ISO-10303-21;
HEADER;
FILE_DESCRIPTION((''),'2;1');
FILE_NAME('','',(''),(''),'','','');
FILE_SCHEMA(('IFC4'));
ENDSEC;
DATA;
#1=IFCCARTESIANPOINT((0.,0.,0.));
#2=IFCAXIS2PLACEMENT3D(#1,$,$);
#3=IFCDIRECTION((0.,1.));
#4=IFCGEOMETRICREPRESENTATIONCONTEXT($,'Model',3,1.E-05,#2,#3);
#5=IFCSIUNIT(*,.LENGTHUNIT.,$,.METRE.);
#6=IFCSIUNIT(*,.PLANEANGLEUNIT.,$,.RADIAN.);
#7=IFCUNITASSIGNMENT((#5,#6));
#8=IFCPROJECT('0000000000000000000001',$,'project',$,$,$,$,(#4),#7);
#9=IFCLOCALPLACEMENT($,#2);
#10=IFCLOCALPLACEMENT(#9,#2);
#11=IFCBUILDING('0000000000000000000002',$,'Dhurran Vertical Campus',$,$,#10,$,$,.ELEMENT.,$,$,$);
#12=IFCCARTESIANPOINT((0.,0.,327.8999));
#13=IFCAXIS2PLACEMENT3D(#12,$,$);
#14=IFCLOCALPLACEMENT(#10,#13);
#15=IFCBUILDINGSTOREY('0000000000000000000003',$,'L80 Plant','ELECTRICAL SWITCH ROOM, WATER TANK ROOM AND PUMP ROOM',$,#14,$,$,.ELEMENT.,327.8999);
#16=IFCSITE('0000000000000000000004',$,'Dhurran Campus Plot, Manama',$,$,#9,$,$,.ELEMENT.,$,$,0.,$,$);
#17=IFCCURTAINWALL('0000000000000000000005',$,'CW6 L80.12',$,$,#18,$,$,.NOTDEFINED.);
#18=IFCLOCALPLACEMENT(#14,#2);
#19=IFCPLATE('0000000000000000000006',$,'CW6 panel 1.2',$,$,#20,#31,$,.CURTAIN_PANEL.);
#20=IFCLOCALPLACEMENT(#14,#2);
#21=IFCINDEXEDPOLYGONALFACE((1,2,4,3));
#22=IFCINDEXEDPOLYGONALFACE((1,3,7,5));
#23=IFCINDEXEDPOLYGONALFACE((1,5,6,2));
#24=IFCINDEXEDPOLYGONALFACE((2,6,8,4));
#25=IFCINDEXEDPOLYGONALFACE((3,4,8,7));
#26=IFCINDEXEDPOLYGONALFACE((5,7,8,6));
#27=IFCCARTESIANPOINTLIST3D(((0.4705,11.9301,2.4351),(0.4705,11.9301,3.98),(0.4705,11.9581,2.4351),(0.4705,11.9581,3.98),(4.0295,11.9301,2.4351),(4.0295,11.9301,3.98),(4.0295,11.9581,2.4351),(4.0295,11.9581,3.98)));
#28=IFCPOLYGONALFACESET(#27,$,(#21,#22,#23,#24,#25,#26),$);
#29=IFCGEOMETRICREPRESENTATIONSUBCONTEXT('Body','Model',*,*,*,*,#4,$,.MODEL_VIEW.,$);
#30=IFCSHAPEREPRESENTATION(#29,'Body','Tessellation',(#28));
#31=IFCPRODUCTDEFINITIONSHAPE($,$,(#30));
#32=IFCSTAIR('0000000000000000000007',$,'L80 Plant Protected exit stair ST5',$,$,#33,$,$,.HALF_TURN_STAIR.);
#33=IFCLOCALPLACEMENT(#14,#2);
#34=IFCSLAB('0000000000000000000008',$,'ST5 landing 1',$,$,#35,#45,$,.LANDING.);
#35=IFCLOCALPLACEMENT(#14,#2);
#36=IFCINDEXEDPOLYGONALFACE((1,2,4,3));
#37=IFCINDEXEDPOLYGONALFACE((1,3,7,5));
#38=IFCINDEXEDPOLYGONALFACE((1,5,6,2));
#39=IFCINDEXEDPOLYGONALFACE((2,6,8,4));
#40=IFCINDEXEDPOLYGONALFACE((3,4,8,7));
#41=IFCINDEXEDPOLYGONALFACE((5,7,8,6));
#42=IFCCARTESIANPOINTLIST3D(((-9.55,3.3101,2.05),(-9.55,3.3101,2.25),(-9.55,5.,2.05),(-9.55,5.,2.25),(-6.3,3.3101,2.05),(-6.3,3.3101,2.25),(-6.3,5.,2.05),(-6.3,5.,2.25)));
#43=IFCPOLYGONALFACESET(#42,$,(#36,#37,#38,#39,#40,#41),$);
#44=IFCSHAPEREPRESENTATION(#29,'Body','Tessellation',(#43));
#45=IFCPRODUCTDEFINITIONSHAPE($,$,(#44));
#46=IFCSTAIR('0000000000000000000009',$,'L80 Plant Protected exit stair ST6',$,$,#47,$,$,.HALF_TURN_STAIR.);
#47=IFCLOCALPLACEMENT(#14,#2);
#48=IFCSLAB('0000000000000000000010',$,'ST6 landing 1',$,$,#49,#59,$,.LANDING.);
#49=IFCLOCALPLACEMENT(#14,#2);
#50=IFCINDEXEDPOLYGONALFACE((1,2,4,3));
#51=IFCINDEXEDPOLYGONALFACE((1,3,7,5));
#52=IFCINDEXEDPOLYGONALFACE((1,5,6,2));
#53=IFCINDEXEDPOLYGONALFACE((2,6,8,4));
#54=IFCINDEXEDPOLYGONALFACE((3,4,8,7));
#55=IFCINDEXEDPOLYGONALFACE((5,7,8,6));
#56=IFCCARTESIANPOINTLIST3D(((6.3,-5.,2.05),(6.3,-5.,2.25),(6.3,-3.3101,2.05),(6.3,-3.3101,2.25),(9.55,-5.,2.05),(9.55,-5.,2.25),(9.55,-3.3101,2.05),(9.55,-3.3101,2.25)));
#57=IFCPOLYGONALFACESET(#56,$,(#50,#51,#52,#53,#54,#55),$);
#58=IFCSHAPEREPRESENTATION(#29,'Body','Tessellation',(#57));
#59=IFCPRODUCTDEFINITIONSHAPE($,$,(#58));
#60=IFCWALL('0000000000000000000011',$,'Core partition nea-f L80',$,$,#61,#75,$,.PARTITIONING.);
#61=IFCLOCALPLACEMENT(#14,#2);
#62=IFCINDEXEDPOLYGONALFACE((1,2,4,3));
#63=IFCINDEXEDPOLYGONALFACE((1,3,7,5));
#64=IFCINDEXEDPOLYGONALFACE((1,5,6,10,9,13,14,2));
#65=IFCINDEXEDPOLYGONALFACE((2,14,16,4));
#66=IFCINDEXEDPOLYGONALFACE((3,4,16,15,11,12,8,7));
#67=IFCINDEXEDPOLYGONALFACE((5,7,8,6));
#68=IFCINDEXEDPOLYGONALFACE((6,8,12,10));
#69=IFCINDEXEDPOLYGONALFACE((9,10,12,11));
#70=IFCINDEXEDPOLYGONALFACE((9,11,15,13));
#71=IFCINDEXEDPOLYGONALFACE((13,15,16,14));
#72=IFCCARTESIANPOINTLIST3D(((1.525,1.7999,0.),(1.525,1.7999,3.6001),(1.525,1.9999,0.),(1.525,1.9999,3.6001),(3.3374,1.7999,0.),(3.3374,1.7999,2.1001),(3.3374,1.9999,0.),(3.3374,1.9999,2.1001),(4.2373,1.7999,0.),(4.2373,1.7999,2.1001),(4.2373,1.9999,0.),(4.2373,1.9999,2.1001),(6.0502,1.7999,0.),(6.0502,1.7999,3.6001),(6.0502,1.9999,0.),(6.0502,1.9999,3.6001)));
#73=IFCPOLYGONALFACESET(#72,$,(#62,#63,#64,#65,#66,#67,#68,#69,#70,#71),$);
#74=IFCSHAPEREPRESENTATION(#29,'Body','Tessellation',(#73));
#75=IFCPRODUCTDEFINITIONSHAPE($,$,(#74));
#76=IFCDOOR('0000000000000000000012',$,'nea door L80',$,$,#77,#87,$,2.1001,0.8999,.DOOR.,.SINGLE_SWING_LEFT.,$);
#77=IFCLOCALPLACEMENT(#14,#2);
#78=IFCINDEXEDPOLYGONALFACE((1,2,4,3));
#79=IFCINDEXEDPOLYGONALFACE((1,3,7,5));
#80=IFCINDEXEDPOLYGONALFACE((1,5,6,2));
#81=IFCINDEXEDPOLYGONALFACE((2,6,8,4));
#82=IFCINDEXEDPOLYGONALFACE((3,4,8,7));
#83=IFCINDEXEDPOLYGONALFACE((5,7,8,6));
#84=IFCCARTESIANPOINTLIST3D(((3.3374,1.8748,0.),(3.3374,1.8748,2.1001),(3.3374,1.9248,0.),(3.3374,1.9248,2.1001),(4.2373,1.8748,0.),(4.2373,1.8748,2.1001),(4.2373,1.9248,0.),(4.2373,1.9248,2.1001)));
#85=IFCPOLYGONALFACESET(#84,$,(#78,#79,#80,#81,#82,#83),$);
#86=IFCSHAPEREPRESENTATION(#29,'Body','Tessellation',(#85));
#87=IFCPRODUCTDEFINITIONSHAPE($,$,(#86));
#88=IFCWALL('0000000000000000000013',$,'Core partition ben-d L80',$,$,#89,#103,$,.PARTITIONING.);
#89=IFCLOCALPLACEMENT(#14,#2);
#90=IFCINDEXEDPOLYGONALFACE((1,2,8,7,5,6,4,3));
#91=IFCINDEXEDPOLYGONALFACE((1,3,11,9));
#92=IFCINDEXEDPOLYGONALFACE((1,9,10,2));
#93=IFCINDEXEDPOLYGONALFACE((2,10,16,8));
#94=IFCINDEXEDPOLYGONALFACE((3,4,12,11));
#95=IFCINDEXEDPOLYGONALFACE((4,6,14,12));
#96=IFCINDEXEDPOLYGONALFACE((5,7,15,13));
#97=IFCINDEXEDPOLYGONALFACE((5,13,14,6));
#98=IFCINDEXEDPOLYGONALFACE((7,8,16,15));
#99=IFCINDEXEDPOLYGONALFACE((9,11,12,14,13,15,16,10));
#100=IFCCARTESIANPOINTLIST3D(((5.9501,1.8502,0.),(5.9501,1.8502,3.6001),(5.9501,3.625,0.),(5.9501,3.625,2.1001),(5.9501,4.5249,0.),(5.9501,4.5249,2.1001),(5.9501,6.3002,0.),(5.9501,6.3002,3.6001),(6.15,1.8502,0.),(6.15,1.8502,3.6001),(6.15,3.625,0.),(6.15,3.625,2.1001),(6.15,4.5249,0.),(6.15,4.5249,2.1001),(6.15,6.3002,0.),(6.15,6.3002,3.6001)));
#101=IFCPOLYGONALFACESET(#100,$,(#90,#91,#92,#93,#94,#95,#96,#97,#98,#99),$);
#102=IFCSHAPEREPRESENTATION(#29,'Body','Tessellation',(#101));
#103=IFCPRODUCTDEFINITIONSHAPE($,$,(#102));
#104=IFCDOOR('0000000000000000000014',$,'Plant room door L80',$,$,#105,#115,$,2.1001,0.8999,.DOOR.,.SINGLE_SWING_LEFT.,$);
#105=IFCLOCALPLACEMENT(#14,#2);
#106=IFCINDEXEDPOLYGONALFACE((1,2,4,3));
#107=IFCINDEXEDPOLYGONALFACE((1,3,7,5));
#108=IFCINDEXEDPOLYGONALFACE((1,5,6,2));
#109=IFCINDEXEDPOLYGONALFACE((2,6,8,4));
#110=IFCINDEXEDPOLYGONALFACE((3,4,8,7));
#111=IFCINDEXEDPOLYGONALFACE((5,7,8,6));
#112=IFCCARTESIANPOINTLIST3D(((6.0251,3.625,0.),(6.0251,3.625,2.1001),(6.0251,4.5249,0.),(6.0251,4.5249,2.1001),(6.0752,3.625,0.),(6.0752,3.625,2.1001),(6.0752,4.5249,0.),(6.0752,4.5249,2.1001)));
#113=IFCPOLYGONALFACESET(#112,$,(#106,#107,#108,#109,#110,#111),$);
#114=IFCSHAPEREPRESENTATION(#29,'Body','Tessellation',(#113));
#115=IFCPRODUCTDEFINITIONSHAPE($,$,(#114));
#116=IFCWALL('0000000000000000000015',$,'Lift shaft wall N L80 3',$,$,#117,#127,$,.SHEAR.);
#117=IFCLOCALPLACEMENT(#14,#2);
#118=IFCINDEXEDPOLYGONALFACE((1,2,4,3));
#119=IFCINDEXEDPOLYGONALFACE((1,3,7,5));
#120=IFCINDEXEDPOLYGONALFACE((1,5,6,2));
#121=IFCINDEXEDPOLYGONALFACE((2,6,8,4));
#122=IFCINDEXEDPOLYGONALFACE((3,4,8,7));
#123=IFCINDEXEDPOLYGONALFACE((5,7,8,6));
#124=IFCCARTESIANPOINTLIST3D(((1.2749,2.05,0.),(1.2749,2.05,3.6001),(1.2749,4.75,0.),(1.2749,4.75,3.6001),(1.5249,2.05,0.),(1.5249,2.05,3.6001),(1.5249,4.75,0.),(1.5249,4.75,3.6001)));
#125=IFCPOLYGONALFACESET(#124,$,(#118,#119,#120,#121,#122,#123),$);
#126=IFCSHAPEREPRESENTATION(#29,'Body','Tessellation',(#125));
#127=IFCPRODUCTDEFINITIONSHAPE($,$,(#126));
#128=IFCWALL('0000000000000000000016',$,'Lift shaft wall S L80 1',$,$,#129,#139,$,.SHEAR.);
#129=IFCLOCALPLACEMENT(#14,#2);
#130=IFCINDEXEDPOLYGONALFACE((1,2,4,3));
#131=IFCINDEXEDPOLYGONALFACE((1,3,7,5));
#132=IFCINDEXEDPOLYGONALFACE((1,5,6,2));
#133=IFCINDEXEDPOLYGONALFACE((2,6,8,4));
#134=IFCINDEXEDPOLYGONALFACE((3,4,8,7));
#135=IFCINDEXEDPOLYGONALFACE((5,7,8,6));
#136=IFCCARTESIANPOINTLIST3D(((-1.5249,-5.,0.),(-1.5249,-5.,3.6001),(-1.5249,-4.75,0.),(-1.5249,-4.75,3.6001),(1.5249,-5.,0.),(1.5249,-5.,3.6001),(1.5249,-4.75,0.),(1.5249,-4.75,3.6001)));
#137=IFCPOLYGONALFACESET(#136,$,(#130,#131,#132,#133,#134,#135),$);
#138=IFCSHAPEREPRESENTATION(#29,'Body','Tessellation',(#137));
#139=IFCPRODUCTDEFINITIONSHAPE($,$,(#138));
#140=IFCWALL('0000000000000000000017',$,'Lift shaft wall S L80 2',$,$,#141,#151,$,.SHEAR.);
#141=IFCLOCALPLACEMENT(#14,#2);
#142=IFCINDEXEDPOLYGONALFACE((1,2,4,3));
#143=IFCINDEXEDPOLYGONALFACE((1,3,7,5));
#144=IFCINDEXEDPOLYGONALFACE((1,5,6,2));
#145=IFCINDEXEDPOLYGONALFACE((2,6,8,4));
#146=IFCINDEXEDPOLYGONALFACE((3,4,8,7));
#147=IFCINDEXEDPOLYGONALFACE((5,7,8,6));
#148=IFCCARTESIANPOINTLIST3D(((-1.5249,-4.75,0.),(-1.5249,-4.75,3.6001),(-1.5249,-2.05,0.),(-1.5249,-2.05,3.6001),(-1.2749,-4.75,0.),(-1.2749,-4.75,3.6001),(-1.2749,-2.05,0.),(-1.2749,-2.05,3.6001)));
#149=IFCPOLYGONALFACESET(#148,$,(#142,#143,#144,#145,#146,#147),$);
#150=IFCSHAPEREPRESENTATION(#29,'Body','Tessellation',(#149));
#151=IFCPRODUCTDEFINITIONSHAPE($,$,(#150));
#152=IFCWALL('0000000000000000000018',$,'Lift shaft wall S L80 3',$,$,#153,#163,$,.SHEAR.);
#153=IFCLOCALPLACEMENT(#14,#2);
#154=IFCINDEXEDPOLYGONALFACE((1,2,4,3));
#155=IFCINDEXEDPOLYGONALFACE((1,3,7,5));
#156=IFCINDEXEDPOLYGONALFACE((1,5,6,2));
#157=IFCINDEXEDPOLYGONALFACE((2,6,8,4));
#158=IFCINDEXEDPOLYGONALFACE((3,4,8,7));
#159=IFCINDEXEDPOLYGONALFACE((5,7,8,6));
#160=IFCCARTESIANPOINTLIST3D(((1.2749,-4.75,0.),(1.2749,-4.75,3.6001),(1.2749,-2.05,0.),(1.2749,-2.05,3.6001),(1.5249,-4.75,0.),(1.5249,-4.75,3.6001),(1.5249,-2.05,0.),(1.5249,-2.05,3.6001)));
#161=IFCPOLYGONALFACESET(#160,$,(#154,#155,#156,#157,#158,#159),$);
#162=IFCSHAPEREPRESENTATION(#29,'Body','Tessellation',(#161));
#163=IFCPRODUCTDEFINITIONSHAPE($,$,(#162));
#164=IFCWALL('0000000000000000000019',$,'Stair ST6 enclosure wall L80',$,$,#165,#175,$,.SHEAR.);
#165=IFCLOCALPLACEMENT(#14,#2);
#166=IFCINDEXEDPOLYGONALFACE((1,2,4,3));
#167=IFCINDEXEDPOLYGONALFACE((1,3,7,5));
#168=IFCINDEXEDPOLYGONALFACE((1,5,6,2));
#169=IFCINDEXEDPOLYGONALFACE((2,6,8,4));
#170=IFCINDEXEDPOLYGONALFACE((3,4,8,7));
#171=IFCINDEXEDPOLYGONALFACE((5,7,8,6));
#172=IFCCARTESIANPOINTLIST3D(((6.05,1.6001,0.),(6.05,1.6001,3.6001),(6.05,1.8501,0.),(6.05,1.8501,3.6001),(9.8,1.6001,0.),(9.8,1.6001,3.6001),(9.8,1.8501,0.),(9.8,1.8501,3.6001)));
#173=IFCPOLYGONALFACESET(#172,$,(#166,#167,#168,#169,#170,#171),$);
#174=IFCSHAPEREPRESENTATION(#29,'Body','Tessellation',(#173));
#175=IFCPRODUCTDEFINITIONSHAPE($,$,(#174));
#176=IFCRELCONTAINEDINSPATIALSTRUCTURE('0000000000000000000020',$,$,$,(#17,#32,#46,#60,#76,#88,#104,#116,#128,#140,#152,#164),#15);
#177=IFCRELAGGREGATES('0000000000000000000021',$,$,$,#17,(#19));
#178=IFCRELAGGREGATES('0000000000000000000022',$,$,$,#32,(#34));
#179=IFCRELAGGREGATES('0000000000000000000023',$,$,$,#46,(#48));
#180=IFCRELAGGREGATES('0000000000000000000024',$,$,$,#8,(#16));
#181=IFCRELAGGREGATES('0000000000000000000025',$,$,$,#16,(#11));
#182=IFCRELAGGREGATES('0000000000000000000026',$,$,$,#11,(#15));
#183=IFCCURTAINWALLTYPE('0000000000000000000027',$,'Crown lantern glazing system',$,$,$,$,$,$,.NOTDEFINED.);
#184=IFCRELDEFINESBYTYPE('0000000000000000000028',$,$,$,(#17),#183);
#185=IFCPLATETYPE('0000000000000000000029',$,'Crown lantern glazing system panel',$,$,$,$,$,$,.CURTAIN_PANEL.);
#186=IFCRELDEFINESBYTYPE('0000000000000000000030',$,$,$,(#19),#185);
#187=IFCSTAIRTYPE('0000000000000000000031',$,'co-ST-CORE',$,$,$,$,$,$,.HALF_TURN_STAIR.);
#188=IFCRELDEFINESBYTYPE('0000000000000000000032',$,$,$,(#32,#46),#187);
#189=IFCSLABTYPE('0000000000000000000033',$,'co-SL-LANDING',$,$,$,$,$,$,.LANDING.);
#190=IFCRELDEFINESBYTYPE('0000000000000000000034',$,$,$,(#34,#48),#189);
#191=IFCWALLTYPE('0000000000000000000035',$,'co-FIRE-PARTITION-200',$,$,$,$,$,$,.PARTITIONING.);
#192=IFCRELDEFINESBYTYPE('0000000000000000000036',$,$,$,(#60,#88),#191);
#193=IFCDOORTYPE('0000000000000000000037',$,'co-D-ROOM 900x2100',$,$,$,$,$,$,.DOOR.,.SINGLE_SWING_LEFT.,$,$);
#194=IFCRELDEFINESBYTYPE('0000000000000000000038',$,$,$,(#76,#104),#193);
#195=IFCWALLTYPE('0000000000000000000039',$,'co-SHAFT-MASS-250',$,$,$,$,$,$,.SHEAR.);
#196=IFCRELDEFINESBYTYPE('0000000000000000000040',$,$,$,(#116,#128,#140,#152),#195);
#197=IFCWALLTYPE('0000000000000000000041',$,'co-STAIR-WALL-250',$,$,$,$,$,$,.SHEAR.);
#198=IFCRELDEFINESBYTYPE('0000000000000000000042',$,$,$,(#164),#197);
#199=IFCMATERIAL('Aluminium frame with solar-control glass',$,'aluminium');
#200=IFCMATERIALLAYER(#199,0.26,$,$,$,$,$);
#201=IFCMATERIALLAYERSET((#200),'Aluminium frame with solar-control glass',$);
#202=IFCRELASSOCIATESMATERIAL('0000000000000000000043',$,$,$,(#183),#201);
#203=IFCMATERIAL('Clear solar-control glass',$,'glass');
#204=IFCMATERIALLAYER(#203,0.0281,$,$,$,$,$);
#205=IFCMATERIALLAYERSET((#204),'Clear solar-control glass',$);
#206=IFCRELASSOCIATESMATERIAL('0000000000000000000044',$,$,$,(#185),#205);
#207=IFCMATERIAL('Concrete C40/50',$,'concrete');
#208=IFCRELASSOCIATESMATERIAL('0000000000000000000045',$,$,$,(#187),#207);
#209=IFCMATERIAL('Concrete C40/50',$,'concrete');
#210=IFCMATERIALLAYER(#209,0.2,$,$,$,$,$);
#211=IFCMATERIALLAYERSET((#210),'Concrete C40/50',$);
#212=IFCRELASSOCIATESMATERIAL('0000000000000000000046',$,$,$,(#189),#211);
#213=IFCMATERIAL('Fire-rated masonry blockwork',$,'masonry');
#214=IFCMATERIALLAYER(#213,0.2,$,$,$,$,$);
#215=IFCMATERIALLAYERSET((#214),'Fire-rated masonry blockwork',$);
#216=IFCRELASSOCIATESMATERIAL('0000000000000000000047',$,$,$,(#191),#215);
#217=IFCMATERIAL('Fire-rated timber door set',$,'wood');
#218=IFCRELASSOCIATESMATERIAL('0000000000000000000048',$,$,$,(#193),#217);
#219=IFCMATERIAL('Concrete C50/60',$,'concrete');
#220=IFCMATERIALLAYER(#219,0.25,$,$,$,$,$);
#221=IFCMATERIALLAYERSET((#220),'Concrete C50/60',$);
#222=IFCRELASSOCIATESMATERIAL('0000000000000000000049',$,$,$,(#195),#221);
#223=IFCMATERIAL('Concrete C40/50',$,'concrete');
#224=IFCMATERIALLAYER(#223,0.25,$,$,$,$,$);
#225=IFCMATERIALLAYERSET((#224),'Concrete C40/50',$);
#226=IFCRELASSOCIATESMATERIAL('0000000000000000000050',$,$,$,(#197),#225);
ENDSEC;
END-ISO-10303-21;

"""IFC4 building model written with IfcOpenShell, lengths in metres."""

from ifc_helpers import new_model, si_unit, direction, frame, frame_2d, origin, origin_2d, place, context, subcontext, project, spatial, polyline, rectangle, outline, extrude, material, layer, layer_set, type_object, element, fill, aggregate, save


model = new_model("IFC4")

# Units and contexts
model_context = context("Model", 3, precision=1e-05, world=origin(), true_north=direction((0.0, 1.0)))
body_context = subcontext(model_context, "Body", "Model", "MODEL_VIEW")
ifc_project = project(units=[si_unit("LENGTHUNIT", "METRE"), si_unit("PLANEANGLEUNIT", "RADIAN")], contexts=[model_context])

# Site, building, storey
site_placement = place(None, origin())
site = spatial("IfcSite", under=ifc_project, at=site_placement, Name="Dhurran Campus Plot, Manama", CompositionType="ELEMENT", RefElevation=0.0)
building_placement = place(site_placement, origin())
building = spatial("IfcBuilding", under=site, at=building_placement, Name="Dhurran Vertical Campus", CompositionType="ELEMENT")
storey_placement = place(building_placement, frame((0.0, 0.0, 327.8999)))
storey = spatial("IfcBuildingStorey", under=building, at=storey_placement, Name="L80 Plant", Description="ELECTRICAL SWITCH ROOM, WATER TANK ROOM AND PUMP ROOM", CompositionType="ELEMENT", Elevation=327.8999)

# Curtain wall
ifc_material_1 = material(Name="Aluminium frame with solar-control glass", Category="aluminium")
ifc_layer_1 = layer(ifc_material_1, 0.26)
ifc_layer_set_1 = layer_set([ifc_layer_1], Name="Aluminium frame with solar-control glass")
curtain_wall_type = type_object("IfcCurtainWallType", Name="Crown lantern glazing system", PredefinedType="NOTDEFINED", material=ifc_layer_set_1)
curtain_wall_1_placement = place(storey_placement, origin())
curtain_wall_1 = element("IfcCurtainWall", 1, at=curtain_wall_1_placement, inside=storey, type_object=curtain_wall_type, Name="CW6 L80.12", PredefinedType="NOTDEFINED")

# Plate
ifc_material_2 = material(Name="Clear solar-control glass", Category="glass")
ifc_layer_2 = layer(ifc_material_2, 0.0281)
ifc_layer_set_2 = layer_set([ifc_layer_2], Name="Clear solar-control glass")
plate_type = type_object("IfcPlateType", Name="Crown lantern glazing system panel", PredefinedType="CURTAIN_PANEL", material=ifc_layer_set_2)
plate_1_placement = place(storey_placement, frame((2.25, 11.9441, 2.4351), z_axis=(0.0, 0.0, 1.0), x_axis=(-1.0, 0.0, 0.0)))
plate_1 = element("IfcPlate", 2, at=plate_1_placement, type_object=plate_type, Name="CW6 panel 1.2", PredefinedType="CURTAIN_PANEL", context=body_context, shape_type="SweptSolid", body=[
    extrude(rectangle(XDim=3.5591, YDim=0.0281, at=origin_2d()), origin(), (0.0, 0.0, 1.0), 1.5449),
])
aggregate(curtain_wall_1, [plate_1])

# Stairs, slabs
ifc_material_3 = material(Name="Concrete C40/50", Category="concrete")
stair_type = type_object("IfcStairType", Name="co-ST-CORE", PredefinedType="HALF_TURN_STAIR", material=ifc_material_3)
stair_1_placement = place(storey_placement, origin())
stair_1 = element("IfcStair", 3, at=stair_1_placement, inside=storey, type_object=stair_type, Name="L80 Plant Protected exit stair ST5", PredefinedType="HALF_TURN_STAIR")
ifc_material_4 = material(Name="Concrete C40/50", Category="concrete")
ifc_layer_3 = layer(ifc_material_4, 0.2)
ifc_layer_set_3 = layer_set([ifc_layer_3], Name="Concrete C40/50")
slab_type = type_object("IfcSlabType", Name="co-SL-LANDING", PredefinedType="LANDING", material=ifc_layer_set_3)
slab_1_placement = place(storey_placement, frame((0.0, 0.0, 2.05)))
slab_1 = element("IfcSlab", 4, at=slab_1_placement, type_object=slab_type, Name="ST5 landing 1", PredefinedType="LANDING", context=body_context, shape_type="SweptSolid", body=[
    extrude(outline(polyline([(-6.3, 3.3101), (-6.3, 5.0), (-9.55, 5.0), (-9.55, 3.3101), (-6.3, 3.3101)])), origin(), (0.0, 0.0, 1.0), 0.2),
])
aggregate(stair_1, [slab_1])
stair_2_placement = place(storey_placement, origin())
stair_2 = element("IfcStair", 5, at=stair_2_placement, inside=storey, type_object=stair_type, Name="L80 Plant Protected exit stair ST6", PredefinedType="HALF_TURN_STAIR")
slab_2_placement = place(storey_placement, frame((0.0, 0.0, 2.05)))
slab_2 = element("IfcSlab", 6, at=slab_2_placement, type_object=slab_type, Name="ST6 landing 1", PredefinedType="LANDING", context=body_context, shape_type="SweptSolid", body=[
    extrude(outline(polyline([(6.3, -3.3101), (6.3, -5.0), (9.55, -5.0), (9.55, -3.3101), (6.3, -3.3101)])), origin(), (0.0, 0.0, 1.0), 0.2),
])

# Walls, openings, doors
ifc_material_5 = material(Name="Fire-rated masonry blockwork", Category="masonry")
ifc_layer_4 = layer(ifc_material_5, 0.2)
ifc_layer_set_4 = layer_set([ifc_layer_4], Name="Fire-rated masonry blockwork")
wall_type_1 = type_object("IfcWallType", Name="co-FIRE-PARTITION-200", PredefinedType="PARTITIONING", material=ifc_layer_set_4)
wall_1_placement = place(storey_placement, frame((1.5249, 1.8999, 0.0), z_axis=(0.0, 0.0, 1.0), x_axis=(1.0, 0.0, 0.0)))
wall_1 = element("IfcWall", 7, at=wall_1_placement, inside=storey, type_object=wall_type_1, Name="Core partition nea-f L80", PredefinedType="PARTITIONING", context=body_context, shape_type="SweptSolid", body=[
    extrude(rectangle(XDim=4.5251, YDim=0.2, at=frame_2d((2.2627, 0.0))), origin(), (0.0, 0.0, 1.0), 3.6001),
])
opening_1_placement = place(wall_1_placement, frame((1.8125, 0.0, 0.0)))
opening_1 = element("IfcOpeningElement", 8, at=opening_1_placement, cuts=wall_1, PredefinedType="OPENING", context=body_context, shape_type="SweptSolid", body=[
    extrude(rectangle(XDim=0.8999, YDim=2.1001, at=frame_2d((0.45, 1.05))), frame((0.0, 0.1099, 0.0), z_axis=(0.0, -1.0, 0.0), x_axis=(1.0, 0.0, 0.0)), (0.0, 0.0, 1.0), 0.22),
])
ifc_material_6 = material(Name="Fire-rated timber door set", Category="wood")
door_type_1 = type_object("IfcDoorType", Name="co-D-ROOM 900x2100", OperationType="SINGLE_SWING_LEFT", PredefinedType="DOOR", material=ifc_material_6)
door_1_placement = place(opening_1_placement, origin())
door_1 = element("IfcDoor", 9, at=door_1_placement, inside=storey, type_object=door_type_1, Name="nea door L80", OperationType="SINGLE_SWING_LEFT", OverallHeight=2.1001, OverallWidth=0.8999, PredefinedType="DOOR", context=body_context, shape_type="SweptSolid", body=[
    extrude(rectangle(XDim=0.8999, YDim=2.1001, at=frame_2d((0.45, 1.05))), frame((0.0, 0.0249, 0.0), z_axis=(0.0, -1.0, 0.0), x_axis=(1.0, 0.0, 0.0)), (0.0, 0.0, 1.0), 0.05),
])
fill(opening_1, door_1)
wall_2_placement = place(storey_placement, frame((6.05, 1.8501, 0.0), z_axis=(0.0, 0.0, 1.0), x_axis=(0.0, 1.0, 0.0)))
wall_2 = element("IfcWall", 10, at=wall_2_placement, inside=storey, type_object=wall_type_1, Name="Core partition ben-d L80", PredefinedType="PARTITIONING", context=body_context, shape_type="SweptSolid", body=[
    extrude(rectangle(XDim=4.45, YDim=0.2, at=frame_2d((2.2251, 0.0))), origin(), (0.0, 0.0, 1.0), 3.6001),
])
opening_2_placement = place(wall_2_placement, frame((1.7749, 0.0, 0.0)))
opening_2 = element("IfcOpeningElement", 11, at=opening_2_placement, cuts=wall_2, PredefinedType="OPENING", context=body_context, shape_type="SweptSolid", body=[
    extrude(rectangle(XDim=0.8999, YDim=2.1001, at=frame_2d((0.45, 1.05))), frame((0.0, 0.1099, 0.0), z_axis=(0.0, -1.0, 0.0), x_axis=(1.0, 0.0, 0.0)), (0.0, 0.0, 1.0), 0.22),
])
door_2_placement = place(opening_2_placement, origin())
door_2 = element("IfcDoor", 12, at=door_2_placement, inside=storey, type_object=door_type_1, Name="Plant room door L80", OperationType="SINGLE_SWING_LEFT", OverallHeight=2.1001, OverallWidth=0.8999, PredefinedType="DOOR", context=body_context, shape_type="SweptSolid", body=[
    extrude(rectangle(XDim=0.8999, YDim=2.1001, at=frame_2d((0.45, 1.05))), frame((0.0, 0.0249, 0.0), z_axis=(0.0, -1.0, 0.0), x_axis=(1.0, 0.0, 0.0)), (0.0, 0.0, 1.0), 0.05),
])
fill(opening_2, door_2)

# Walls
ifc_material_7 = material(Name="Concrete C50/60", Category="concrete")
ifc_layer_5 = layer(ifc_material_7, 0.25)
ifc_layer_set_5 = layer_set([ifc_layer_5], Name="Concrete C50/60")
wall_type_2 = type_object("IfcWallType", Name="co-SHAFT-MASS-250", PredefinedType="SHEAR", material=ifc_layer_set_5)
wall_3_placement = place(storey_placement, origin())
element("IfcWall", 13, at=wall_3_placement, inside=storey, type_object=wall_type_2, Name="Lift shaft wall N L80 3", PredefinedType="SHEAR", context=body_context, shape_type="SweptSolid", body=[
    extrude(outline(polyline([(1.2749, 2.05), (1.5249, 2.05), (1.5249, 4.75), (1.2749, 4.75), (1.2749, 2.05)])), origin(), (0.0, 0.0, 1.0), 3.6001),
])
wall_4_placement = place(storey_placement, origin())
element("IfcWall", 14, at=wall_4_placement, inside=storey, type_object=wall_type_2, Name="Lift shaft wall S L80 1", PredefinedType="SHEAR", context=body_context, shape_type="SweptSolid", body=[
    extrude(outline(polyline([(-1.5249, -5.0), (1.5249, -5.0), (1.5249, -4.75), (-1.5249, -4.75), (-1.5249, -5.0)])), origin(), (0.0, 0.0, 1.0), 3.6001),
])
wall_5_placement = place(storey_placement, origin())
element("IfcWall", 15, at=wall_5_placement, inside=storey, type_object=wall_type_2, Name="Lift shaft wall S L80 2", PredefinedType="SHEAR", context=body_context, shape_type="SweptSolid", body=[
    extrude(outline(polyline([(-1.5249, -4.75), (-1.2749, -4.75), (-1.2749, -2.05), (-1.5249, -2.05), (-1.5249, -4.75)])), origin(), (0.0, 0.0, 1.0), 3.6001),
])
wall_6_placement = place(storey_placement, origin())
element("IfcWall", 16, at=wall_6_placement, inside=storey, type_object=wall_type_2, Name="Lift shaft wall S L80 3", PredefinedType="SHEAR", context=body_context, shape_type="SweptSolid", body=[
    extrude(outline(polyline([(1.2749, -4.75), (1.5249, -4.75), (1.5249, -2.05), (1.2749, -2.05), (1.2749, -4.75)])), origin(), (0.0, 0.0, 1.0), 3.6001),
])
ifc_material_8 = material(Name="Concrete C40/50", Category="concrete")
ifc_layer_6 = layer(ifc_material_8, 0.25)
ifc_layer_set_6 = layer_set([ifc_layer_6], Name="Concrete C40/50")
wall_type_3 = type_object("IfcWallType", Name="co-STAIR-WALL-250", PredefinedType="SHEAR", material=ifc_layer_set_6)
wall_7_placement = place(storey_placement, frame((6.05, 1.7251, 0.0), z_axis=(0.0, 0.0, 1.0), x_axis=(1.0, 0.0, 0.0)))
element("IfcWall", 17, at=wall_7_placement, inside=storey, type_object=wall_type_3, Name="Stair ST6 enclosure wall L80", PredefinedType="SHEAR", context=body_context, shape_type="SweptSolid", body=[
    extrude(rectangle(XDim=3.75, YDim=0.25, at=frame_2d((1.875, 0.0))), origin(), (0.0, 0.0, 1.0), 3.6001),
])

aggregate(stair_2, [slab_2])

save(model, "model.ifc")
